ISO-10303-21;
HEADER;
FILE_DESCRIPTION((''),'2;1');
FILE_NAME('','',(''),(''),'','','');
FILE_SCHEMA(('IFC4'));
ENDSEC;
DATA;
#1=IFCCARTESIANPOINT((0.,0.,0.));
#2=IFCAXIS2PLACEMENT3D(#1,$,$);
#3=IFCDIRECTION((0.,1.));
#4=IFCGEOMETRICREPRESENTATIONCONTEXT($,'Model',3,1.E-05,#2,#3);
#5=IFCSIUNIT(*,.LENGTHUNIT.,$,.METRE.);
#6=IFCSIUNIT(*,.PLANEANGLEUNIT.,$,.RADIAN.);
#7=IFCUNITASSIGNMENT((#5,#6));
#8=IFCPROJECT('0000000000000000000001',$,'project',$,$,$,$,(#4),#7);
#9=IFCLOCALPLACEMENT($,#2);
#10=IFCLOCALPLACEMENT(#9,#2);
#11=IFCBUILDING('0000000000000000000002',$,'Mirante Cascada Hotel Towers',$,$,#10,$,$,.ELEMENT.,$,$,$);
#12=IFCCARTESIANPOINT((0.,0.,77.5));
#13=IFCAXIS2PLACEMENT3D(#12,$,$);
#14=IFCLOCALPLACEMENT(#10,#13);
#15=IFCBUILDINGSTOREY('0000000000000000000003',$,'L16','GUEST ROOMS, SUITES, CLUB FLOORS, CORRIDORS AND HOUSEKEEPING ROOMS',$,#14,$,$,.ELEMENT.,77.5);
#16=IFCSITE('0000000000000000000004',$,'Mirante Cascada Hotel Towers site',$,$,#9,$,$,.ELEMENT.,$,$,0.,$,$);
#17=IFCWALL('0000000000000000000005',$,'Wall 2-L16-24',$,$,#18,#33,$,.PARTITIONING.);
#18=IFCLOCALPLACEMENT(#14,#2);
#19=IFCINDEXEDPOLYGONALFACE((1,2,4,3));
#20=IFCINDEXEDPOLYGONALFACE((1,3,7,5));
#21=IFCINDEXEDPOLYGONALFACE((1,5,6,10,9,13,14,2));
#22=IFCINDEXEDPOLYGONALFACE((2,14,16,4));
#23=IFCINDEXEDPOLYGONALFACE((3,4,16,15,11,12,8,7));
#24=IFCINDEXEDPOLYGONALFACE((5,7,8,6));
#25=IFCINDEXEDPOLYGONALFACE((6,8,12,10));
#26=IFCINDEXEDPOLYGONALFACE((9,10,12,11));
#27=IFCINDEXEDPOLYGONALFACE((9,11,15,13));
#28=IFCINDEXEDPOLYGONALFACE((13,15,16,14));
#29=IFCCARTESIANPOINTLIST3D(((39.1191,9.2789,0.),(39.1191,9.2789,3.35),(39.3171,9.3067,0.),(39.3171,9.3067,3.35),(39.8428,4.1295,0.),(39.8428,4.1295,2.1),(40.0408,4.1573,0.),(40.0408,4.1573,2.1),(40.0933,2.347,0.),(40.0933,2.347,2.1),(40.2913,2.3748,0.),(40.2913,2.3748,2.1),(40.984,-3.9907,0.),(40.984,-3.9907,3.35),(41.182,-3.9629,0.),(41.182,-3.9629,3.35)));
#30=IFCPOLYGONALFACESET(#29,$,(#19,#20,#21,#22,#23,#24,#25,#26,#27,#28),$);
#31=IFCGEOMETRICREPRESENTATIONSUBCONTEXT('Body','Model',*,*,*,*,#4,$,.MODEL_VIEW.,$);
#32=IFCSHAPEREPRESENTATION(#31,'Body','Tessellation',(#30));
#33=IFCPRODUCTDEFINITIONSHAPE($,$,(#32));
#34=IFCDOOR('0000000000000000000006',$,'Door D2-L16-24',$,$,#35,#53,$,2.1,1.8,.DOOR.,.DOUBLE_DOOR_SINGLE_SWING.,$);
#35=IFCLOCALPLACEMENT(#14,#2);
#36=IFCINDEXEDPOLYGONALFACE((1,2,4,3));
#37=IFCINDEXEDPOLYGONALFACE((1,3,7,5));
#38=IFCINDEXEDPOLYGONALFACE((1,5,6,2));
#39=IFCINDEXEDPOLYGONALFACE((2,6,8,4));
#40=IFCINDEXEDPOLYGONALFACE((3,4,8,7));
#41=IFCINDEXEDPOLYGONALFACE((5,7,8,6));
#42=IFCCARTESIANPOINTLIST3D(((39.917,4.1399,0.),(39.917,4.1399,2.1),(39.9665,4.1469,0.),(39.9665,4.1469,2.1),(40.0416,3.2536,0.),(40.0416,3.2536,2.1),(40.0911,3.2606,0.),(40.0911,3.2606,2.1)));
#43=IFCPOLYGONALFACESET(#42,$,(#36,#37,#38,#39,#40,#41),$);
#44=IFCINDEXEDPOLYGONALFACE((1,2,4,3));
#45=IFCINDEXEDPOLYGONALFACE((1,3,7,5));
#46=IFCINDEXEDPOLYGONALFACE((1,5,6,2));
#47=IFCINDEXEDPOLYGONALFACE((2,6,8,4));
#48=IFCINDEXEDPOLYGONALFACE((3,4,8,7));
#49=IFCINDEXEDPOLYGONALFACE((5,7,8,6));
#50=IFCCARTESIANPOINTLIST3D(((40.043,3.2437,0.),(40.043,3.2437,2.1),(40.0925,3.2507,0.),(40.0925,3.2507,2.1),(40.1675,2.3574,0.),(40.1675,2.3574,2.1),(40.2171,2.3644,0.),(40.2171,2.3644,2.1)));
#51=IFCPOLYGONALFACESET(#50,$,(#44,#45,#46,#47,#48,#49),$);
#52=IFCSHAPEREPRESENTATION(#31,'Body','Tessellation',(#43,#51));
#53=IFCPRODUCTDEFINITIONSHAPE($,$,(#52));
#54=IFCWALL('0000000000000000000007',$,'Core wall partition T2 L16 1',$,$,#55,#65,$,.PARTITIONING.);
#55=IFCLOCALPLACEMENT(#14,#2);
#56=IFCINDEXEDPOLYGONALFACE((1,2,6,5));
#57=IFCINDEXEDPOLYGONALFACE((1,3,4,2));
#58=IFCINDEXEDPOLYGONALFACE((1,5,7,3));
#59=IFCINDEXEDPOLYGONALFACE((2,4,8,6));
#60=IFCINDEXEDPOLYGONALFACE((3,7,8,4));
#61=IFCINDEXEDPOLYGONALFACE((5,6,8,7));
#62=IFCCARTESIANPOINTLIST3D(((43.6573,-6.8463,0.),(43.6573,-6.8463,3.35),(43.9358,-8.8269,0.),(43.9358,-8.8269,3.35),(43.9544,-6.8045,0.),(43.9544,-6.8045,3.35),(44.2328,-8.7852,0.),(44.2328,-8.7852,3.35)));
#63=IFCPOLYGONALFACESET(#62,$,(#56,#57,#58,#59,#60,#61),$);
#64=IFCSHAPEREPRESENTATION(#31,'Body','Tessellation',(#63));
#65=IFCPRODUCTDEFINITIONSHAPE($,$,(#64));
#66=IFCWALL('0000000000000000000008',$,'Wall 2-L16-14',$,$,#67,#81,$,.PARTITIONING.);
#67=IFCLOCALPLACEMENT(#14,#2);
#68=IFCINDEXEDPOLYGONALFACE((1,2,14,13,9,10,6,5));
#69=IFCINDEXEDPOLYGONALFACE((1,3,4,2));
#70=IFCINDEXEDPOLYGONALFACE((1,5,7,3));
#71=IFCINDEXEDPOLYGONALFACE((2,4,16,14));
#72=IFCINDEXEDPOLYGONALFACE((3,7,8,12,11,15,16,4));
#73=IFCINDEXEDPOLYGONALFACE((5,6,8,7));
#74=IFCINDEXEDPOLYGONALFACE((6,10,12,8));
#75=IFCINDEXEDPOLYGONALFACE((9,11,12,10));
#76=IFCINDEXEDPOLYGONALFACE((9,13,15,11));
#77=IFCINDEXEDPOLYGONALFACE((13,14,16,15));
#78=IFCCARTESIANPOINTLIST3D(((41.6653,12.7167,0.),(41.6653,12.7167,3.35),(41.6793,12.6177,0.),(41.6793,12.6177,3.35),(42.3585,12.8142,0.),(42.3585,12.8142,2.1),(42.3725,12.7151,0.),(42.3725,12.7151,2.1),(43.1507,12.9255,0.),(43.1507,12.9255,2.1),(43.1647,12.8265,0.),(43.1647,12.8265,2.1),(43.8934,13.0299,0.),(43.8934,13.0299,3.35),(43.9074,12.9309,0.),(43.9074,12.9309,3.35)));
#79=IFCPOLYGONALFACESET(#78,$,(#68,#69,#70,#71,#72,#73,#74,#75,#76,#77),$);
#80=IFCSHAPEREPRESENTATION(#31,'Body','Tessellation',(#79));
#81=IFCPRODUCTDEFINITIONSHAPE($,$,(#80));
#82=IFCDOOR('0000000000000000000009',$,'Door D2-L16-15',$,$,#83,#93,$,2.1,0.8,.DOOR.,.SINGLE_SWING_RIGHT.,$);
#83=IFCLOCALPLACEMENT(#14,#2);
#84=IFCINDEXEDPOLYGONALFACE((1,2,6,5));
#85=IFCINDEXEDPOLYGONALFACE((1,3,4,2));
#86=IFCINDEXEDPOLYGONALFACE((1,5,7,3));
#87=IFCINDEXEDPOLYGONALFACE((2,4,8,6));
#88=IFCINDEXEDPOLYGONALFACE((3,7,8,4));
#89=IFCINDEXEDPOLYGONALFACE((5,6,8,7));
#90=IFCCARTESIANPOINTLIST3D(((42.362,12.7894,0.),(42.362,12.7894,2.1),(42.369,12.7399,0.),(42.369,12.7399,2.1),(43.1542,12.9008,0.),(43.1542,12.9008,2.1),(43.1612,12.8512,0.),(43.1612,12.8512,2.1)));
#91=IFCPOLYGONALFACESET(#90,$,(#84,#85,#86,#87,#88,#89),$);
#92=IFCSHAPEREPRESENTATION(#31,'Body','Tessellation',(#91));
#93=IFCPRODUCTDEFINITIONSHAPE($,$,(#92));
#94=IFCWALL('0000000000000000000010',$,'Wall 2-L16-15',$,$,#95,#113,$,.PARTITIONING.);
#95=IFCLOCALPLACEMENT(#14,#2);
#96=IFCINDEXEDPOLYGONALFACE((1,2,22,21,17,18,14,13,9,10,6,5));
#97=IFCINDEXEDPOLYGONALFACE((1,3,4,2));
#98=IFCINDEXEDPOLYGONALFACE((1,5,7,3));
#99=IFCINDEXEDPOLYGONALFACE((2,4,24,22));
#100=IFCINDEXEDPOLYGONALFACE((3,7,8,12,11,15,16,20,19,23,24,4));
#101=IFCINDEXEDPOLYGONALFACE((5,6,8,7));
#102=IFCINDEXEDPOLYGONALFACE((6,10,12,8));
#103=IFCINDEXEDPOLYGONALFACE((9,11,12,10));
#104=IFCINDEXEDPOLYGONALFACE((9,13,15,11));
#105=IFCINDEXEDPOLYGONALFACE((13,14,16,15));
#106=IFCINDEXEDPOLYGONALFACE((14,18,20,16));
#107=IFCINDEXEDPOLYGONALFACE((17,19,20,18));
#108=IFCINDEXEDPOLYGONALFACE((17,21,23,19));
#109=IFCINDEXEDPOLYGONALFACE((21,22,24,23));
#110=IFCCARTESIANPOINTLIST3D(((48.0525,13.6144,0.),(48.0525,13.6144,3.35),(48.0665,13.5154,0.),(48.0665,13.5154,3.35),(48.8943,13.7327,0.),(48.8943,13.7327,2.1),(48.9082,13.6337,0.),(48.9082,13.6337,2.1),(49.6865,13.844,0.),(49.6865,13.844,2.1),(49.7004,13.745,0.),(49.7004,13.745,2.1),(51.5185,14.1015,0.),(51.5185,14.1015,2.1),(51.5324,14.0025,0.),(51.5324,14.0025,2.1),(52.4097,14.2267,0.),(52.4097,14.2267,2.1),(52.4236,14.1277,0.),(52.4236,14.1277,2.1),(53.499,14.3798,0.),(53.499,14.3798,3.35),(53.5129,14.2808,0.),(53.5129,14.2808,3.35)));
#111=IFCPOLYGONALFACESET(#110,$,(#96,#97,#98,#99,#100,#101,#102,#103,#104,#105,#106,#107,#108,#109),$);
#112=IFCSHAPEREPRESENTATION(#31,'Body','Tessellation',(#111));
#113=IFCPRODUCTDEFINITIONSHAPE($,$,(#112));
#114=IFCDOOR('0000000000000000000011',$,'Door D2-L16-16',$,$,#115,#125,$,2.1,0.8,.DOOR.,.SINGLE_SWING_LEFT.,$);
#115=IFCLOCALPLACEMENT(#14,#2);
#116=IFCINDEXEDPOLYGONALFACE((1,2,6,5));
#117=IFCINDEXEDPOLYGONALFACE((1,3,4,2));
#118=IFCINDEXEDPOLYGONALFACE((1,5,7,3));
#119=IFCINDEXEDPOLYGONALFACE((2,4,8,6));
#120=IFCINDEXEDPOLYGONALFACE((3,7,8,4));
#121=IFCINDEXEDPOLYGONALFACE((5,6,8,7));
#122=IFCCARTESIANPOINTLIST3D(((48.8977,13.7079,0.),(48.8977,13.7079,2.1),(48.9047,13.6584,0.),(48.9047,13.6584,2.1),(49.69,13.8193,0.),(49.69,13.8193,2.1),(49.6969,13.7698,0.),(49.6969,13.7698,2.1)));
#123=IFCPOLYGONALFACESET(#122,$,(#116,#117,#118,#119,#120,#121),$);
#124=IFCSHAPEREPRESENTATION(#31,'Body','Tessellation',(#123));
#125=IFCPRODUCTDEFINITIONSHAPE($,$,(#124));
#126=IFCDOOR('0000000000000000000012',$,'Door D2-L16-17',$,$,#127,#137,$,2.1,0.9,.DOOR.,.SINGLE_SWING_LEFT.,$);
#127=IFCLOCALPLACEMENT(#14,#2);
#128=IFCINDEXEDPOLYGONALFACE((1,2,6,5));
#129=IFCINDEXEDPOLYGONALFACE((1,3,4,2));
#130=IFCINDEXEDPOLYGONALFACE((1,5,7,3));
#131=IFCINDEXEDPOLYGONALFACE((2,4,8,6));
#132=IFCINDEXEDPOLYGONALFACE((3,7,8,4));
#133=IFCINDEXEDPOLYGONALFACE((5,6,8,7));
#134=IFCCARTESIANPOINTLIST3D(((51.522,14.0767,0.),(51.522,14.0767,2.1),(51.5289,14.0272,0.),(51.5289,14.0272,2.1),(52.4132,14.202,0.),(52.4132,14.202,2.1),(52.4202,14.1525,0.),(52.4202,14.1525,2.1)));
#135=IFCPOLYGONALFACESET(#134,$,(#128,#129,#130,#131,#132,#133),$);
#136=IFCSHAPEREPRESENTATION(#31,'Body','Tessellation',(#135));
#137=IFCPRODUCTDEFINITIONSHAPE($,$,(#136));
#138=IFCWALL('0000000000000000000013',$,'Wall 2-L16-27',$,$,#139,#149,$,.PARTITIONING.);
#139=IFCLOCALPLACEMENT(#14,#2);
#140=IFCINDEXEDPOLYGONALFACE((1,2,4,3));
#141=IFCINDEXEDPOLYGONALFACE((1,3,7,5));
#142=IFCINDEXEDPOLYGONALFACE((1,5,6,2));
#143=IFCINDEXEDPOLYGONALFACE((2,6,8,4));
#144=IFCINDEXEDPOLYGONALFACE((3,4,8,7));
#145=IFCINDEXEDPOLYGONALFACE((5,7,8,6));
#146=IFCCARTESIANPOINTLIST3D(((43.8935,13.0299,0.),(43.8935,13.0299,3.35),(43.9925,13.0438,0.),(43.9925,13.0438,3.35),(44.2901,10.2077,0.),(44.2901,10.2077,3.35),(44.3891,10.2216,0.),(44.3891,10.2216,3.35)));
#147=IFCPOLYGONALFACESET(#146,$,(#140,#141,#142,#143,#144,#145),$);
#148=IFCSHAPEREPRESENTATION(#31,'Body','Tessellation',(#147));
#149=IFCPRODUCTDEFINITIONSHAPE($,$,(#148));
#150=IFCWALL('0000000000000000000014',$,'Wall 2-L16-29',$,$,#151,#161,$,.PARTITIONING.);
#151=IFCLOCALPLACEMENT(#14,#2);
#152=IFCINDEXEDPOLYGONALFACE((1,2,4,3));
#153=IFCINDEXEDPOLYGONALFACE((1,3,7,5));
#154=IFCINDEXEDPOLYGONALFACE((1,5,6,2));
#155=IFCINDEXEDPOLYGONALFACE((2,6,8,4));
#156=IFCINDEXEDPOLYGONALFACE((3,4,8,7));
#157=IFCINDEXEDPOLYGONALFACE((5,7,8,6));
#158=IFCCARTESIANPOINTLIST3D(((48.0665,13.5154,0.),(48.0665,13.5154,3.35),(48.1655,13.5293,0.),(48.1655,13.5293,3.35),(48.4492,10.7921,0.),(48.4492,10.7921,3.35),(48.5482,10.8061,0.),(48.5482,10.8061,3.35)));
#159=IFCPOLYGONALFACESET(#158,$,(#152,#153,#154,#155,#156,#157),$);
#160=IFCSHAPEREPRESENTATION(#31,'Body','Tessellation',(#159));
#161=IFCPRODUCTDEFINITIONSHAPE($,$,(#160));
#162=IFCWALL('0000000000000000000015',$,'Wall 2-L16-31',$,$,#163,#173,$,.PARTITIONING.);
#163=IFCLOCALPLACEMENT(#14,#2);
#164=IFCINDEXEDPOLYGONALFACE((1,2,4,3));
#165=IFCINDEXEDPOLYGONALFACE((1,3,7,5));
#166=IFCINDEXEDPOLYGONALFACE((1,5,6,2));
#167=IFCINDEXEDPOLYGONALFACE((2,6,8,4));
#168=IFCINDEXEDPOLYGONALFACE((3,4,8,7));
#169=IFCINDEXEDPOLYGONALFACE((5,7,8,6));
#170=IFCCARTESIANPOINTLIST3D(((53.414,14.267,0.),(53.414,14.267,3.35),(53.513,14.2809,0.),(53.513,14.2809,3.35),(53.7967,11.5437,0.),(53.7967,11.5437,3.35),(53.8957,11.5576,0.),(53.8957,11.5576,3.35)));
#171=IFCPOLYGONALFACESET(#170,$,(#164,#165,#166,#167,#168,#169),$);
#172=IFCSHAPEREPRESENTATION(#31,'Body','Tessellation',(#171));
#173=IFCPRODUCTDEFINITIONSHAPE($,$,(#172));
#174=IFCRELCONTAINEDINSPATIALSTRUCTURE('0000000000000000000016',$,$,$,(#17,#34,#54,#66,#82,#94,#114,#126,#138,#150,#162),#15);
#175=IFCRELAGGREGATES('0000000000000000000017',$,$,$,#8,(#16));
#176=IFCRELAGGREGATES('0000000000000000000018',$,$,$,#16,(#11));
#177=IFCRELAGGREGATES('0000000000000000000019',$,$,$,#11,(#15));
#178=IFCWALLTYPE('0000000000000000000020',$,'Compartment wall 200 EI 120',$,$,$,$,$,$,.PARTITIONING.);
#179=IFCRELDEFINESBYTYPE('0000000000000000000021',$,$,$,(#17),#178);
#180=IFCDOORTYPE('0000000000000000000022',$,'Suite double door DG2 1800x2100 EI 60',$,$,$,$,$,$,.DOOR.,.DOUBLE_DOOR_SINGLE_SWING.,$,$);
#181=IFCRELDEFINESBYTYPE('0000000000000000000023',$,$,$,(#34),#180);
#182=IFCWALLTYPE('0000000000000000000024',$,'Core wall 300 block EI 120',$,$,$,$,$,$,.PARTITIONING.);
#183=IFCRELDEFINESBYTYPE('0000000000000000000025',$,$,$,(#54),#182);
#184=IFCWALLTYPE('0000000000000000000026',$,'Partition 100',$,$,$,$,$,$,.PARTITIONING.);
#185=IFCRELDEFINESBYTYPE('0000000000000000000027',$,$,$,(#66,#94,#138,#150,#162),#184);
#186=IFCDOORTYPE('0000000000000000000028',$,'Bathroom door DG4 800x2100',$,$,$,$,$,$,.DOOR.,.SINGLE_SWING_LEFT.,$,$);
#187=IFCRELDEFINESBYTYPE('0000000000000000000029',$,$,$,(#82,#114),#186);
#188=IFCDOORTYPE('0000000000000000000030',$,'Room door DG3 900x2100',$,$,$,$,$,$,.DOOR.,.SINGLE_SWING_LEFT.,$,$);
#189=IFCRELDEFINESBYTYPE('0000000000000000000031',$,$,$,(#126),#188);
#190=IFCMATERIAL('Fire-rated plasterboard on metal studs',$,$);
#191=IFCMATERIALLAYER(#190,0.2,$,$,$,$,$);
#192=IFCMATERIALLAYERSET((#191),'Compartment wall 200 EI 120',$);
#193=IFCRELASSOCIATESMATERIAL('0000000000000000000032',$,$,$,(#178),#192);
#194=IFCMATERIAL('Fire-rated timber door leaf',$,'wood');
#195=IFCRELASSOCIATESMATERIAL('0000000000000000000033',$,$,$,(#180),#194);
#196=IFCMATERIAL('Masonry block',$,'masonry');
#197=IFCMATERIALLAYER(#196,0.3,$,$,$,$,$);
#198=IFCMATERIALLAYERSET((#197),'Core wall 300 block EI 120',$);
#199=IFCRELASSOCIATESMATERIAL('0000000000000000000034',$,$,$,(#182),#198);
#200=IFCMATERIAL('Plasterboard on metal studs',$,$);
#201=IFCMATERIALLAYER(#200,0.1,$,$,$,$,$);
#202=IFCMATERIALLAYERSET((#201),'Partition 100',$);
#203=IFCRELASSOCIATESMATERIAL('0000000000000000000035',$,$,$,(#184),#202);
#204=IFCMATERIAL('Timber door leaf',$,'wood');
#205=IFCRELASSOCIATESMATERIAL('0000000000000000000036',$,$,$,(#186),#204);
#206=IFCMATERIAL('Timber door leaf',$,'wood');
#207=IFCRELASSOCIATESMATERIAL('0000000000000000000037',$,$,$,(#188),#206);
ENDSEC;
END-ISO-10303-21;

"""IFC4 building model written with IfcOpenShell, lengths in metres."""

from ifc_helpers import new_model, si_unit, direction, frame, frame_2d, origin, place, context, subcontext, project, spatial, rectangle, extrude, material, layer, layer_set, type_object, element, fill, save


model = new_model("IFC4")

# Units and contexts
model_context = context("Model", 3, precision=1e-05, world=origin(), true_north=direction((0.0, 1.0)))
body_context = subcontext(model_context, "Body", "Model", "MODEL_VIEW")
ifc_project = project(units=[si_unit("LENGTHUNIT", "METRE"), si_unit("PLANEANGLEUNIT", "RADIAN")], contexts=[model_context])

# Site, building, storey
site_placement = place(None, origin())
site = spatial("IfcSite", under=ifc_project, at=site_placement, Name="Mirante Cascada Hotel Towers site", CompositionType="ELEMENT", RefElevation=0.0)
building_placement = place(site_placement, origin())
building = spatial("IfcBuilding", under=site, at=building_placement, Name="Mirante Cascada Hotel Towers", CompositionType="ELEMENT")
storey_placement = place(building_placement, frame((0.0, 0.0, 77.5)))
storey = spatial("IfcBuildingStorey", under=building, at=storey_placement, Name="L16", Description="GUEST ROOMS, SUITES, CLUB FLOORS, CORRIDORS AND HOUSEKEEPING ROOMS", CompositionType="ELEMENT", Elevation=77.5)

# Shared definitions
ifc_material_1 = material(Name="Fire-rated plasterboard on metal studs")
ifc_layer_1 = layer(ifc_material_1, 0.2)
ifc_layer_set_1 = layer_set([ifc_layer_1], Name="Compartment wall 200 EI 120")
wall_type_1 = type_object("IfcWallType", Name="Compartment wall 200 EI 120", PredefinedType="PARTITIONING", material=ifc_layer_set_1)
ifc_material_2 = material(Name="Fire-rated timber door leaf", Category="wood")
door_type_1 = type_object("IfcDoorType", Name="Suite double door DG2 1800x2100 EI 60", OperationType="DOUBLE_DOOR_SINGLE_SWING", PredefinedType="DOOR", material=ifc_material_2)

# Wall, opening, door
wall_1_placement = place(storey_placement, frame((39.2181, 9.2928, 0.0), z_axis=(0.0, 0.0, 1.0), x_axis=(0.139172, -0.990268, 0.0)))
wall_1 = element("IfcWall", 1, at=wall_1_placement, inside=storey, type_object=wall_type_1, Name="Wall 2-L16-24", PredefinedType="PARTITIONING", context=body_context, shape_type="SweptSolid", body=[
    extrude(rectangle(XDim=13.4, YDim=0.2, at=frame_2d((6.7, 0.0))), origin(), (0.0, 0.0, 1.0), 3.35),
])
opening_1_placement = place(wall_1_placement, frame((5.2, 0.0, 0.0)))
opening_1 = element("IfcOpeningElement", 2, at=opening_1_placement, cuts=wall_1, PredefinedType="OPENING", context=body_context, shape_type="SweptSolid", body=[
    extrude(rectangle(XDim=1.8, YDim=2.1, at=frame_2d((0.9, 1.05))), frame((0.0, 0.1, 0.0), z_axis=(0.0, -1.0, 0.0), x_axis=(1.0, 0.0, 0.0)), (0.0, 0.0, 1.0), 0.2),
])
door_1_placement = place(opening_1_placement, origin())
door_1 = element("IfcDoor", 3, at=door_1_placement, inside=storey, type_object=door_type_1, Name="Door D2-L16-24", OperationType="DOUBLE_DOOR_SINGLE_SWING", OverallHeight=2.1, OverallWidth=1.8, PredefinedType="DOOR", context=body_context, shape_type="SweptSolid", body=[
    extrude(rectangle(XDim=0.895, YDim=2.1, at=frame_2d((0.4475, 1.05))), frame((0.0, 0.025, 0.0), z_axis=(0.0, -1.0, 0.0), x_axis=(1.0, 0.0, 0.0)), (0.0, 0.0, 1.0), 0.05),
    extrude(rectangle(XDim=0.895, YDim=2.1, at=frame_2d((1.3525, 1.05))), frame((0.0, 0.025, 0.0), z_axis=(0.0, -1.0, 0.0), x_axis=(1.0, 0.0, 0.0)), (0.0, 0.0, 1.0), 0.05),
])
fill(opening_1, door_1)

# Wall
ifc_material_3 = material(Name="Masonry block", Category="masonry")
ifc_layer_2 = layer(ifc_material_3, 0.3)
ifc_layer_set_2 = layer_set([ifc_layer_2], Name="Core wall 300 block EI 120")
wall_type_2 = type_object("IfcWallType", Name="Core wall 300 block EI 120", PredefinedType="PARTITIONING", material=ifc_layer_set_2)
wall_2_placement = place(storey_placement, frame((44.0843, -8.8061, 0.0), z_axis=(0.0, 0.0, 1.0), x_axis=(-0.139195, 0.990265, 0.0)))
element("IfcWall", 4, at=wall_2_placement, inside=storey, type_object=wall_type_2, Name="Core wall partition T2 L16 1", PredefinedType="PARTITIONING", context=body_context, shape_type="SweptSolid", body=[
    extrude(rectangle(XDim=2.0001, YDim=0.3, at=frame_2d((1.0001, 0.0))), origin(), (0.0, 0.0, 1.0), 3.35),
])

# Wall, opening, door
ifc_material_4 = material(Name="Plasterboard on metal studs")
ifc_layer_3 = layer(ifc_material_4, 0.1)
ifc_layer_set_3 = layer_set([ifc_layer_3], Name="Partition 100")
wall_type_3 = type_object("IfcWallType", Name="Partition 100", PredefinedType="PARTITIONING", material=ifc_layer_set_3)
wall_3_placement = place(storey_placement, frame((43.9004, 12.9804, 0.0), z_axis=(0.0, 0.0, 1.0), x_axis=(-0.990264, -0.1392, 0.0)))
wall_3 = element("IfcWall", 5, at=wall_3_placement, inside=storey, type_object=wall_type_3, Name="Wall 2-L16-14", PredefinedType="PARTITIONING", context=body_context, shape_type="SweptSolid", body=[
    extrude(rectangle(XDim=2.25, YDim=0.1, at=frame_2d((1.125, 0.0))), origin(), (0.0, 0.0, 1.0), 3.35),
])
opening_2_placement = place(wall_3_placement, frame((0.75, 0.0, 0.0)))
opening_2 = element("IfcOpeningElement", 6, at=opening_2_placement, cuts=wall_3, PredefinedType="OPENING", context=body_context, shape_type="SweptSolid", body=[
    extrude(rectangle(XDim=0.8, YDim=2.1, at=frame_2d((0.4, 1.05))), frame((0.0, 0.05, 0.0), z_axis=(0.0, -1.0, 0.0), x_axis=(1.0, 0.0, 0.0)), (0.0, 0.0, 1.0), 0.1),
])
ifc_material_5 = material(Name="Timber door leaf", Category="wood")
door_type_2 = type_object("IfcDoorType", Name="Bathroom door DG4 800x2100", OperationType="SINGLE_SWING_LEFT", PredefinedType="DOOR", material=ifc_material_5)
door_2_placement = place(opening_2_placement, frame((0.8, 0.0, 0.0), z_axis=(0.0, 0.0, 1.0), x_axis=(-1.0, 0.0, 0.0)))
door_2 = element("IfcDoor", 7, at=door_2_placement, inside=storey, type_object=door_type_2, Name="Door D2-L16-15", OperationType="SINGLE_SWING_RIGHT", OverallHeight=2.1, OverallWidth=0.8, PredefinedType="DOOR", context=body_context, shape_type="SweptSolid", body=[
    extrude(rectangle(XDim=0.8, YDim=2.1, at=frame_2d((0.4, 1.05))), frame((0.0, 0.025, 0.0), z_axis=(0.0, -1.0, 0.0), x_axis=(1.0, 0.0, 0.0)), (0.0, 0.0, 1.0), 0.05),
])
fill(opening_2, door_2)

# Wall, openings, doors
wall_4_placement = place(storey_placement, frame((48.0595, 13.5649, 0.0), z_axis=(0.0, 0.0, 1.0), x_axis=(0.99027, 0.139163, 0.0)))
wall_4 = element("IfcWall", 8, at=wall_4_placement, inside=storey, type_object=wall_type_3, Name="Wall 2-L16-15", PredefinedType="PARTITIONING", context=body_context, shape_type="SweptSolid", body=[
    extrude(rectangle(XDim=5.5, YDim=0.1, at=frame_2d((2.75, 0.0))), origin(), (0.0, 0.0, 1.0), 3.35),
])
opening_3_placement = place(wall_4_placement, frame((0.85, 0.0, 0.0)))
opening_3 = element("IfcOpeningElement", 9, at=opening_3_placement, cuts=wall_4, PredefinedType="OPENING", context=body_context, shape_type="SweptSolid", body=[
    extrude(rectangle(XDim=0.8, YDim=2.1, at=frame_2d((0.4, 1.05))), frame((0.0, 0.05, 0.0), z_axis=(0.0, -1.0, 0.0), x_axis=(1.0, 0.0, 0.0)), (0.0, 0.0, 1.0), 0.1),
])
opening_4_placement = place(wall_4_placement, frame((3.5, 0.0, 0.0)))
opening_4 = element("IfcOpeningElement", 10, at=opening_4_placement, cuts=wall_4, PredefinedType="OPENING", context=body_context, shape_type="SweptSolid", body=[
    extrude(rectangle(XDim=0.9, YDim=2.1, at=frame_2d((0.45, 1.05))), frame((0.0, 0.05, 0.0), z_axis=(0.0, -1.0, 0.0), x_axis=(1.0, 0.0, 0.0)), (0.0, 0.0, 1.0), 0.1),
])
door_3_placement = place(opening_3_placement, origin())
door_3 = element("IfcDoor", 11, at=door_3_placement, inside=storey, type_object=door_type_2, Name="Door D2-L16-16", OperationType="SINGLE_SWING_LEFT", OverallHeight=2.1, OverallWidth=0.8, PredefinedType="DOOR", context=body_context, shape_type="SweptSolid", body=[
    extrude(rectangle(XDim=0.8, YDim=2.1, at=frame_2d((0.4, 1.05))), frame((0.0, 0.025, 0.0), z_axis=(0.0, -1.0, 0.0), x_axis=(1.0, 0.0, 0.0)), (0.0, 0.0, 1.0), 0.05),
])
fill(opening_3, door_3)
ifc_material_6 = material(Name="Timber door leaf", Category="wood")
door_type_3 = type_object("IfcDoorType", Name="Room door DG3 900x2100", OperationType="SINGLE_SWING_LEFT", PredefinedType="DOOR", material=ifc_material_6)
door_4_placement = place(opening_4_placement, origin())
door_4 = element("IfcDoor", 12, at=door_4_placement, inside=storey, type_object=door_type_3, Name="Door D2-L16-17", OperationType="SINGLE_SWING_LEFT", OverallHeight=2.1, OverallWidth=0.9, PredefinedType="DOOR", context=body_context, shape_type="SweptSolid", body=[
    extrude(rectangle(XDim=0.9, YDim=2.1, at=frame_2d((0.45, 1.05))), frame((0.0, 0.025, 0.0), z_axis=(0.0, -1.0, 0.0), x_axis=(1.0, 0.0, 0.0)), (0.0, 0.0, 1.0), 0.05),
])
fill(opening_4, door_4)

# Walls
wall_5_placement = place(storey_placement, frame((44.3396, 10.2146, 0.0), z_axis=(0.0, 0.0, 1.0), x_axis=(-0.139161, 0.99027, 0.0)))
element("IfcWall", 13, at=wall_5_placement, inside=storey, type_object=wall_type_3, Name="Wall 2-L16-27", PredefinedType="PARTITIONING", context=body_context, shape_type="SweptSolid", body=[
    extrude(rectangle(XDim=2.8499, YDim=0.1, at=frame_2d((1.425, 0.0))), origin(), (0.0, 0.0, 1.0), 3.35),
])
wall_6_placement = place(storey_placement, frame((48.4987, 10.7991, 0.0), z_axis=(0.0, 0.0, 1.0), x_axis=(-0.139166, 0.990269, 0.0)))
element("IfcWall", 14, at=wall_6_placement, inside=storey, type_object=wall_type_3, Name="Wall 2-L16-29", PredefinedType="PARTITIONING", context=body_context, shape_type="SweptSolid", body=[
    extrude(rectangle(XDim=2.75, YDim=0.1, at=frame_2d((1.375, 0.0))), origin(), (0.0, 0.0, 1.0), 3.35),
])
wall_7_placement = place(storey_placement, frame((53.8462, 11.5506, 0.0), z_axis=(0.0, 0.0, 1.0), x_axis=(-0.139161, 0.99027, 0.0)))
element("IfcWall", 15, at=wall_7_placement, inside=storey, type_object=wall_type_3, Name="Wall 2-L16-31", PredefinedType="PARTITIONING", context=body_context, shape_type="SweptSolid", body=[
    extrude(rectangle(XDim=2.7501, YDim=0.1, at=frame_2d((1.3751, 0.0))), origin(), (0.0, 0.0, 1.0), 3.35),
])

save(model, "model.ifc")
